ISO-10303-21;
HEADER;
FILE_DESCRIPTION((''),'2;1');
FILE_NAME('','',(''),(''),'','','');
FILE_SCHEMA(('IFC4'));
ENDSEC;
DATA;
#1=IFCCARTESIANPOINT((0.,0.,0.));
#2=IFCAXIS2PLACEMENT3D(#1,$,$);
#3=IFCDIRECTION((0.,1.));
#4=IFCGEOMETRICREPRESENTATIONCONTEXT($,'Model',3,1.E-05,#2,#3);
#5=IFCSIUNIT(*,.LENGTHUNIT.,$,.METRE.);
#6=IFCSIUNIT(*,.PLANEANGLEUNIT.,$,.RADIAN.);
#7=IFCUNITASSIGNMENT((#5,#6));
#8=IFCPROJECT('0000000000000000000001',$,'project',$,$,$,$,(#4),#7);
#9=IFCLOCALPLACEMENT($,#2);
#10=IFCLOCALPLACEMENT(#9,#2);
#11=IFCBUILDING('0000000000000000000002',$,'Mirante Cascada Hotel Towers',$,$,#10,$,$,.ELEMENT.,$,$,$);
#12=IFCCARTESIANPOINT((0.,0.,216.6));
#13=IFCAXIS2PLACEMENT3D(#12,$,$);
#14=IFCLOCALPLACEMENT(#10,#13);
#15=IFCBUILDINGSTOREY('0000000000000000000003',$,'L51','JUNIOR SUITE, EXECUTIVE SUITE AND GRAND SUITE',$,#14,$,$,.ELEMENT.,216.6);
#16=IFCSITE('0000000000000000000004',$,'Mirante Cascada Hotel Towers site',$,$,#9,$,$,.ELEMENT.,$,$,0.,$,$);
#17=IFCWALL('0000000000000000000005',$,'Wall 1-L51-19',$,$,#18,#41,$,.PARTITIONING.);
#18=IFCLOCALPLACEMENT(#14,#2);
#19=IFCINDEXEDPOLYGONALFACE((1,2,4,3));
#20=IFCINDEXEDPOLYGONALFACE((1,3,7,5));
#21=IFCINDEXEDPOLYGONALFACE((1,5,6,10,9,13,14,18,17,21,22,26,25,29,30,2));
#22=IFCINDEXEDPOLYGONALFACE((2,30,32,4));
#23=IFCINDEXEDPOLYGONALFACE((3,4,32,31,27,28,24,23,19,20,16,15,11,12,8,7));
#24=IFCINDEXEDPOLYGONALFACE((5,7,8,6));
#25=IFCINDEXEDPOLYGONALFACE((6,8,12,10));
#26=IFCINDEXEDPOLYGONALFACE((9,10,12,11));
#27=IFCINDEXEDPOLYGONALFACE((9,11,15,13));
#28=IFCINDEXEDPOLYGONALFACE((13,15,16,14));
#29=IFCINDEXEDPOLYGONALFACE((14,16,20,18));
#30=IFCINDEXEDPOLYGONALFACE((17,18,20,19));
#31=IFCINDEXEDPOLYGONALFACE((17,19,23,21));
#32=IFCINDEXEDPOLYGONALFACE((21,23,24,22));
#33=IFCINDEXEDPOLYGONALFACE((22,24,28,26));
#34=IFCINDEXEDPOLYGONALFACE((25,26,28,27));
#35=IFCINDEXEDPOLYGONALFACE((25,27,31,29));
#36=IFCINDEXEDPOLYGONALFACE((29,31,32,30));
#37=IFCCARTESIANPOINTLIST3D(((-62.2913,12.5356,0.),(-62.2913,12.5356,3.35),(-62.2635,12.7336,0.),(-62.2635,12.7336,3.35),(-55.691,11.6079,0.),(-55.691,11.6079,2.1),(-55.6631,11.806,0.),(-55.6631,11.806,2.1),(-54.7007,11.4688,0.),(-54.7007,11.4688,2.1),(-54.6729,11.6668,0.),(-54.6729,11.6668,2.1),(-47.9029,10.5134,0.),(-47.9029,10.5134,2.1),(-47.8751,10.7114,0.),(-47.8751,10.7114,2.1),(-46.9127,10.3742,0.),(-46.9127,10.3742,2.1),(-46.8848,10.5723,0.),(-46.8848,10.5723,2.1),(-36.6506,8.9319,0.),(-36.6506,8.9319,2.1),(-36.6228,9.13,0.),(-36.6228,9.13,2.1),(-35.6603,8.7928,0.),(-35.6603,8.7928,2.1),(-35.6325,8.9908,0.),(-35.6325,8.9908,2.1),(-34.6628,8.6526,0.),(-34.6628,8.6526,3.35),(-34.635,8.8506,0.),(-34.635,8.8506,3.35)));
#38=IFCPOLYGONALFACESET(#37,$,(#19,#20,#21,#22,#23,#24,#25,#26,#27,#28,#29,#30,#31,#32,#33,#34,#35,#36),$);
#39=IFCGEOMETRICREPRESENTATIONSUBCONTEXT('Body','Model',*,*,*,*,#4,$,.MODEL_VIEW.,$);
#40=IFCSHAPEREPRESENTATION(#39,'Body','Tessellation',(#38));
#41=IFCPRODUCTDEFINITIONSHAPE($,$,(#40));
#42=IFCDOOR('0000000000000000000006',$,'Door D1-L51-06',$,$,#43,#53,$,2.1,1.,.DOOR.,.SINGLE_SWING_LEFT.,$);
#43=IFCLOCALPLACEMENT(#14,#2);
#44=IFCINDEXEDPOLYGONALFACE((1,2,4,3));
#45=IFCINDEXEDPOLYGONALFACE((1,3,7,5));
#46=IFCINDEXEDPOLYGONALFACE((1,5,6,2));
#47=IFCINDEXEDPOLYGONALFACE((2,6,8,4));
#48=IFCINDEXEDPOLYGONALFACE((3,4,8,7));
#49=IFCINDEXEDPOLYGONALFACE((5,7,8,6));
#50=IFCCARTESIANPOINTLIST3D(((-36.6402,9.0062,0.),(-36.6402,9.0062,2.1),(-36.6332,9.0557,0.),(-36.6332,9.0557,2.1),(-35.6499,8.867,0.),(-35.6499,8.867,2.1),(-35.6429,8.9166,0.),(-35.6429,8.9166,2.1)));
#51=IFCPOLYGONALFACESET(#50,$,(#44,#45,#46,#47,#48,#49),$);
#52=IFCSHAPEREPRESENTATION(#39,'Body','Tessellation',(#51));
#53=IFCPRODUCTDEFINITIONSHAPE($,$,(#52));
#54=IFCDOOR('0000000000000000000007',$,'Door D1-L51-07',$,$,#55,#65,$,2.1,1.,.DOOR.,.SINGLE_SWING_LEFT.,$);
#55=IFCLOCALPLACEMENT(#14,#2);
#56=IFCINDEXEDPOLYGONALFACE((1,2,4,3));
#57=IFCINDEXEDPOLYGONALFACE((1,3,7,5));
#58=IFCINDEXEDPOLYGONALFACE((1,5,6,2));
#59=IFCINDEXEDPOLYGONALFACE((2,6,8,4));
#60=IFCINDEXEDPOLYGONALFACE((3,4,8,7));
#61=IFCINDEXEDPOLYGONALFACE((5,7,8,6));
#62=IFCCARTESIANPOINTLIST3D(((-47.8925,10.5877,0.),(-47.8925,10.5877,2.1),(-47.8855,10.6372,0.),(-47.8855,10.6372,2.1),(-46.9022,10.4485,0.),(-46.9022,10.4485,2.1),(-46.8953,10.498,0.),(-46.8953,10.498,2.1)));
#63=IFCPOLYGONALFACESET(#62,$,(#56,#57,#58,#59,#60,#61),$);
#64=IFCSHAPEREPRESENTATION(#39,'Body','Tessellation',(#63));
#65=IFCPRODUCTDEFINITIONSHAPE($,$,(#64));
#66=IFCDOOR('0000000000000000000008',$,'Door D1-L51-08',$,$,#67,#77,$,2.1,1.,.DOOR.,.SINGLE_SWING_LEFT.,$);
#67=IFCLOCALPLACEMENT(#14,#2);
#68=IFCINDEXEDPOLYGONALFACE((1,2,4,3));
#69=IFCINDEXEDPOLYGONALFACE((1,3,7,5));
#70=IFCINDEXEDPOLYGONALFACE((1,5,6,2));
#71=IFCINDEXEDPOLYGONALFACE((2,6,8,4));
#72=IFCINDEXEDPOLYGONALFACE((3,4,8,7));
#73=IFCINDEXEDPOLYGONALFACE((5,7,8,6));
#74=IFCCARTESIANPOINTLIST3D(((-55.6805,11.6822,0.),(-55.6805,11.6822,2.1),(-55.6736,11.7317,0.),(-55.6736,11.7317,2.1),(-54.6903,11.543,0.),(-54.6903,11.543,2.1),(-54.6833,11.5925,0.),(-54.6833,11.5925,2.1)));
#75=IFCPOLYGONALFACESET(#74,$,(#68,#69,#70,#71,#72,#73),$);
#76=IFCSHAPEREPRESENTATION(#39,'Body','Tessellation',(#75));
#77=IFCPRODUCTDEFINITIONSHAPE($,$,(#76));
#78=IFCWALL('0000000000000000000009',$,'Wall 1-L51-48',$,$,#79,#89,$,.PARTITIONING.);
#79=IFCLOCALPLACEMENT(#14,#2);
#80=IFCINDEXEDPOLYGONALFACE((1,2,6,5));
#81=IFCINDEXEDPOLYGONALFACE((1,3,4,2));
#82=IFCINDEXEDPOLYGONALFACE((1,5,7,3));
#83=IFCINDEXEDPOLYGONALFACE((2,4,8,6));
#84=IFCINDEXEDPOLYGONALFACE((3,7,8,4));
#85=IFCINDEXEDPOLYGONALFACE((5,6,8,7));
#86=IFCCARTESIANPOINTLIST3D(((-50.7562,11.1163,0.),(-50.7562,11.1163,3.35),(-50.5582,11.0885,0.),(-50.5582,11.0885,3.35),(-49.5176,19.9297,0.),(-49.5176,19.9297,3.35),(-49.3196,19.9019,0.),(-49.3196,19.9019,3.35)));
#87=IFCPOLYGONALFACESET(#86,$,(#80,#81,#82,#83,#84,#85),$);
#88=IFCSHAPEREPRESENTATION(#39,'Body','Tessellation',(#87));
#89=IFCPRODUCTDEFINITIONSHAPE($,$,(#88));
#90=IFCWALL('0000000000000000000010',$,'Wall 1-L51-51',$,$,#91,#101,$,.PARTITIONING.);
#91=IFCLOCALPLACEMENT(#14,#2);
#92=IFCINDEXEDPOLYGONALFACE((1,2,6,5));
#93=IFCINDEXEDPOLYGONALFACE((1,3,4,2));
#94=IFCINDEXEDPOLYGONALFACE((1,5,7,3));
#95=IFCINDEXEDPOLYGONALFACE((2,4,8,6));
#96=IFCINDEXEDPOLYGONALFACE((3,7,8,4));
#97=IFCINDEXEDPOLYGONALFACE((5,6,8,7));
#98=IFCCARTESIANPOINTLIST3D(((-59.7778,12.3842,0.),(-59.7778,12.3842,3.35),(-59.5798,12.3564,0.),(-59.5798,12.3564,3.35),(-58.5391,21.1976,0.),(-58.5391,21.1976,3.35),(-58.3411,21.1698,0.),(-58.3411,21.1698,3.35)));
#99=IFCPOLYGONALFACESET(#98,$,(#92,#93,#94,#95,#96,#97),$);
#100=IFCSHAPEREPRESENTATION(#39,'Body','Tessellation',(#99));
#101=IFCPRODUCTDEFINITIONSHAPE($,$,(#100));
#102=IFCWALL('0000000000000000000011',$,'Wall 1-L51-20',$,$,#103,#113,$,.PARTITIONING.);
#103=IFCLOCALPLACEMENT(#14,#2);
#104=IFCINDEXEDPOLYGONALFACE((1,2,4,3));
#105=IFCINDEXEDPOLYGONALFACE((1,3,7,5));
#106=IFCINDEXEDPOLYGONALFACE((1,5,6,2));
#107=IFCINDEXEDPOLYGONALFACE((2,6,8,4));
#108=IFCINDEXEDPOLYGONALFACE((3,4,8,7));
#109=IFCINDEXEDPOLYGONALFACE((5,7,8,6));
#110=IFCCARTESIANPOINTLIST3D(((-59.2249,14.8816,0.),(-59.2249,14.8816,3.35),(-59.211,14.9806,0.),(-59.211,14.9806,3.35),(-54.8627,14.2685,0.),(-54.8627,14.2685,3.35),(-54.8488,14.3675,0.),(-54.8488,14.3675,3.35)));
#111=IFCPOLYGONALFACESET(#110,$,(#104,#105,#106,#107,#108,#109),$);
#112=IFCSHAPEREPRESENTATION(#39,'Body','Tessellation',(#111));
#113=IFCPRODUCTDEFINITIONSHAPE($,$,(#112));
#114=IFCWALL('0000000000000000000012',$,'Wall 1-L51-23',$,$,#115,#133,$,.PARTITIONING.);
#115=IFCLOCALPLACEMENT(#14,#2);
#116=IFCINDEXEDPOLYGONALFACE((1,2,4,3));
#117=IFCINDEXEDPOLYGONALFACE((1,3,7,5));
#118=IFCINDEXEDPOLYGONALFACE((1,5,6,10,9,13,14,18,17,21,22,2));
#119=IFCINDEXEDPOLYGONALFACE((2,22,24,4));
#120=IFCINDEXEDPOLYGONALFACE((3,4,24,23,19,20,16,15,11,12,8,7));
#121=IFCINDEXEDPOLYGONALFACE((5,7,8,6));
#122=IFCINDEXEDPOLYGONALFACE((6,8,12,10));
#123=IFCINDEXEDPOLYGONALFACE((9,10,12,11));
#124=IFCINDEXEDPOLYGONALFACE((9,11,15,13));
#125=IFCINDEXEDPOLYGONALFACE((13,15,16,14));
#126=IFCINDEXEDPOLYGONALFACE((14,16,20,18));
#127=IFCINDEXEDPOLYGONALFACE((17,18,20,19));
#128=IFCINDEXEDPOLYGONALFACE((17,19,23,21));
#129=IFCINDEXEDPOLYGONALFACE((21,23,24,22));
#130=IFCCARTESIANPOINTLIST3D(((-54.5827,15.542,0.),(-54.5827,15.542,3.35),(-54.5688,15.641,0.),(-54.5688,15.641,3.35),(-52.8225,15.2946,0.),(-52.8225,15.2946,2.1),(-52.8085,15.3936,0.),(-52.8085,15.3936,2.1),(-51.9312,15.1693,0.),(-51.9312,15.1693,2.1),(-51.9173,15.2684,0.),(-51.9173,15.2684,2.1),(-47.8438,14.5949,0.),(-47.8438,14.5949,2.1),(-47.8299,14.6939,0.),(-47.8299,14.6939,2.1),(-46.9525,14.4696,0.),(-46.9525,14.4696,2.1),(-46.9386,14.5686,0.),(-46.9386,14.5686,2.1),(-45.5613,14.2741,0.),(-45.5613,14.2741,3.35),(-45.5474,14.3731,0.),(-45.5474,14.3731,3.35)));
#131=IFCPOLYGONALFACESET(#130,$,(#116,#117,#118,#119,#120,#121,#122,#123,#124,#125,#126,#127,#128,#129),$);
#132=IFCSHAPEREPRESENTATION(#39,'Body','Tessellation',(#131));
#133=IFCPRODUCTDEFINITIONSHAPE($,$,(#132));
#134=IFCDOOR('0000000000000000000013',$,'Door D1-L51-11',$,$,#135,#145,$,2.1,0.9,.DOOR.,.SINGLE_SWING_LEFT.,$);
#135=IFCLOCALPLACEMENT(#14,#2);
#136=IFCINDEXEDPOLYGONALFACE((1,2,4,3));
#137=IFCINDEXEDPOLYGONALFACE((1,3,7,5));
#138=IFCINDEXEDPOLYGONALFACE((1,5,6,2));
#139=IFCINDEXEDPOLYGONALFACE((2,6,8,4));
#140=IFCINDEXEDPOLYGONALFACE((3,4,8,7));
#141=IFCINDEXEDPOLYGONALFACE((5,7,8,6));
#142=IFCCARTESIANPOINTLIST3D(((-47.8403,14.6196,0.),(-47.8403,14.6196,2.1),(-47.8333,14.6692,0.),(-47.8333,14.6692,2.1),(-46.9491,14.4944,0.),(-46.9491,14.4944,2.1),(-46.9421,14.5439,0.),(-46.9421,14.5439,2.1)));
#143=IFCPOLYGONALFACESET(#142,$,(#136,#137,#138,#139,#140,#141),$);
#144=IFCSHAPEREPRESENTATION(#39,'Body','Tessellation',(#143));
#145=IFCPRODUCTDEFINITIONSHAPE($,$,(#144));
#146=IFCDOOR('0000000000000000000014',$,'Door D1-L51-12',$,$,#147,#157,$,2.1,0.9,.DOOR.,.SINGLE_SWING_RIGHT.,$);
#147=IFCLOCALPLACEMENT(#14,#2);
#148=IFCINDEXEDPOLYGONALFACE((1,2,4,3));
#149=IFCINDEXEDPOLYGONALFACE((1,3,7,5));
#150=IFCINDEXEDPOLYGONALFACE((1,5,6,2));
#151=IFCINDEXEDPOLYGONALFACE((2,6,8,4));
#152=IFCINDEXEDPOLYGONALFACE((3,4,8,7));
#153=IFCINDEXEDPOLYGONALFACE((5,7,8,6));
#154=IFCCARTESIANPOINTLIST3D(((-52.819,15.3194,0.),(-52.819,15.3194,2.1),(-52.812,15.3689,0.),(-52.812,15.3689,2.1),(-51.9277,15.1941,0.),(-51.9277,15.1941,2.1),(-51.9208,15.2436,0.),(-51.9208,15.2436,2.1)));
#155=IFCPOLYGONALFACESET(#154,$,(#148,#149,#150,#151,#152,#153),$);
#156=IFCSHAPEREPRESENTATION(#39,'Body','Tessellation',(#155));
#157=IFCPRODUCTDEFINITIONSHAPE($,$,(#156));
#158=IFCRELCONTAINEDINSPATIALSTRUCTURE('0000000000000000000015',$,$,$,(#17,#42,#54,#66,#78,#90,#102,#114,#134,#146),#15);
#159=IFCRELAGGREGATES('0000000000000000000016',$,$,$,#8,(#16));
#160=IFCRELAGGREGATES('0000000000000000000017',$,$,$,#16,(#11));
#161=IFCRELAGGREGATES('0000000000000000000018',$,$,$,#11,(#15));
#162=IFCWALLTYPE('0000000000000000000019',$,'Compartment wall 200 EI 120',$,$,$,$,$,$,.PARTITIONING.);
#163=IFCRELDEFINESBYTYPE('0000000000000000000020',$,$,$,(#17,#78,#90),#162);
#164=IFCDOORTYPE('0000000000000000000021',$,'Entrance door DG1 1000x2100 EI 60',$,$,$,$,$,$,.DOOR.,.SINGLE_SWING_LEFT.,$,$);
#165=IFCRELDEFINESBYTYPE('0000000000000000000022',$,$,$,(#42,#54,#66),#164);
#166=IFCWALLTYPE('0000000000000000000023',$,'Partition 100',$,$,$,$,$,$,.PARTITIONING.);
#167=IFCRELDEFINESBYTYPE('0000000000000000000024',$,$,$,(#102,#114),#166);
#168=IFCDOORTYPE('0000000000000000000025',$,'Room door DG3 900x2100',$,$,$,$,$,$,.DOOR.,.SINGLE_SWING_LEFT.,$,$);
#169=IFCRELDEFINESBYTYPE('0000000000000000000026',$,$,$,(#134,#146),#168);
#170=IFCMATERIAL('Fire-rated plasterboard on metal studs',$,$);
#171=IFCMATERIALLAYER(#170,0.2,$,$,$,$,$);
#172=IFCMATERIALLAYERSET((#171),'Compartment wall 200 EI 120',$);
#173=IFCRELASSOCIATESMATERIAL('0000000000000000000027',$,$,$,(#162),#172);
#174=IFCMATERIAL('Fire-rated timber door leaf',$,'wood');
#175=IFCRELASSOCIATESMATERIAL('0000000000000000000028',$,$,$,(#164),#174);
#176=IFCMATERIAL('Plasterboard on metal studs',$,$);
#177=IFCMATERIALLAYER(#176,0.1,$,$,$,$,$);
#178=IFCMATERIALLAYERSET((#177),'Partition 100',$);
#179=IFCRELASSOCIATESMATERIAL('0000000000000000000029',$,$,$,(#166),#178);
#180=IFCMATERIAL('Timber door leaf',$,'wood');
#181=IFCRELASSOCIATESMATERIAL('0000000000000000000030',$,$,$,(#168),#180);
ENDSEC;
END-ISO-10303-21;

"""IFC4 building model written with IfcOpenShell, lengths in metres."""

from ifc_helpers import new_model, si_unit, direction, frame, frame_2d, origin, place, context, subcontext, project, spatial, rectangle, extrude, material, layer, layer_set, type_object, element, fill, save


model = new_model("IFC4")

# Units and contexts
model_context = context("Model", 3, precision=1e-05, world=origin(), true_north=direction((0.0, 1.0)))
body_context = subcontext(model_context, "Body", "Model", "MODEL_VIEW")
ifc_project = project(units=[si_unit("LENGTHUNIT", "METRE"), si_unit("PLANEANGLEUNIT", "RADIAN")], contexts=[model_context])

# Site, building, storey
site_placement = place(None, origin())
site = spatial("IfcSite", under=ifc_project, at=site_placement, Name="Mirante Cascada Hotel Towers site", CompositionType="ELEMENT", RefElevation=0.0)
building_placement = place(site_placement, origin())
building = spatial("IfcBuilding", under=site, at=building_placement, Name="Mirante Cascada Hotel Towers", CompositionType="ELEMENT")
storey_placement = place(building_placement, frame((0.0, 0.0, 216.6)))
storey = spatial("IfcBuildingStorey", under=building, at=storey_placement, Name="L51", Description="JUNIOR SUITE, EXECUTIVE SUITE AND GRAND SUITE", CompositionType="ELEMENT", Elevation=216.6)

# Wall, openings, doors
ifc_material_1 = material(Name="Fire-rated plasterboard on metal studs")
ifc_layer_1 = layer(ifc_material_1, 0.2)
ifc_layer_set_1 = layer_set([ifc_layer_1], Name="Compartment wall 200 EI 120")
wall_type_1 = type_object("IfcWallType", Name="Compartment wall 200 EI 120", PredefinedType="PARTITIONING", material=ifc_layer_set_1)
wall_1_placement = place(storey_placement, frame((-62.2774, 12.6346, 0.0), z_axis=(0.0, 0.0, 1.0), x_axis=(0.990268, -0.139176, 0.0)))
wall_1 = element("IfcWall", 1, at=wall_1_placement, inside=storey, type_object=wall_type_1, Name="Wall 1-L51-19", PredefinedType="PARTITIONING", context=body_context, shape_type="SweptSolid", body=[
    extrude(rectangle(XDim=27.9, YDim=0.2, at=frame_2d((13.95, 0.0))), origin(), (0.0, 0.0, 1.0), 3.35),
])
opening_1_placement = place(wall_1_placement, frame((25.8927, 0.0, 0.0)))
opening_1 = element("IfcOpeningElement", 2, at=opening_1_placement, cuts=wall_1, PredefinedType="OPENING", context=body_context, shape_type="SweptSolid", body=[
    extrude(rectangle(XDim=1.0, YDim=2.1, at=frame_2d((0.5, 1.05))), frame((0.0, 0.1, 0.0), z_axis=(0.0, -1.0, 0.0), x_axis=(1.0, 0.0, 0.0)), (0.0, 0.0, 1.0), 0.2),
])
opening_2_placement = place(wall_1_placement, frame((14.5298, 0.0, 0.0)))
opening_2 = element("IfcOpeningElement", 3, at=opening_2_placement, cuts=wall_1, PredefinedType="OPENING", context=body_context, shape_type="SweptSolid", body=[
    extrude(rectangle(XDim=1.0, YDim=2.1, at=frame_2d((0.5, 1.05))), frame((0.0, 0.1, 0.0), z_axis=(0.0, -1.0, 0.0), x_axis=(1.0, 0.0, 0.0)), (0.0, 0.0, 1.0), 0.2),
])
opening_3_placement = place(wall_1_placement, frame((6.6652, 0.0, 0.0)))
opening_3 = element("IfcOpeningElement", 4, at=opening_3_placement, cuts=wall_1, PredefinedType="OPENING", context=body_context, shape_type="SweptSolid", body=[
    extrude(rectangle(XDim=1.0, YDim=2.1, at=frame_2d((0.5, 1.05))), frame((0.0, 0.1, 0.0), z_axis=(0.0, -1.0, 0.0), x_axis=(1.0, 0.0, 0.0)), (0.0, 0.0, 1.0), 0.2),
])
ifc_material_2 = material(Name="Fire-rated timber door leaf", Category="wood")
door_type_1 = type_object("IfcDoorType", Name="Entrance door DG1 1000x2100 EI 60", OperationType="SINGLE_SWING_LEFT", PredefinedType="DOOR", material=ifc_material_2)
door_1_placement = place(opening_1_placement, origin())
door_1 = element("IfcDoor", 5, at=door_1_placement, inside=storey, type_object=door_type_1, Name="Door D1-L51-06", OperationType="SINGLE_SWING_LEFT", OverallHeight=2.1, OverallWidth=1.0, PredefinedType="DOOR", context=body_context, shape_type="SweptSolid", body=[
    extrude(rectangle(XDim=1.0, YDim=2.1, at=frame_2d((0.5, 1.05))), frame((0.0, 0.025, 0.0), z_axis=(0.0, -1.0, 0.0), x_axis=(1.0, 0.0, 0.0)), (0.0, 0.0, 1.0), 0.05),
])
fill(opening_1, door_1)
door_2_placement = place(opening_2_placement, origin())
door_2 = element("IfcDoor", 6, at=door_2_placement, inside=storey, type_object=door_type_1, Name="Door D1-L51-07", OperationType="SINGLE_SWING_LEFT", OverallHeight=2.1, OverallWidth=1.0, PredefinedType="DOOR", context=body_context, shape_type="SweptSolid", body=[
    extrude(rectangle(XDim=1.0, YDim=2.1, at=frame_2d((0.5, 1.05))), frame((0.0, 0.025, 0.0), z_axis=(0.0, -1.0, 0.0), x_axis=(1.0, 0.0, 0.0)), (0.0, 0.0, 1.0), 0.05),
])
fill(opening_2, door_2)
door_3_placement = place(opening_3_placement, origin())
door_3 = element("IfcDoor", 7, at=door_3_placement, inside=storey, type_object=door_type_1, Name="Door D1-L51-08", OperationType="SINGLE_SWING_LEFT", OverallHeight=2.1, OverallWidth=1.0, PredefinedType="DOOR", context=body_context, shape_type="SweptSolid", body=[
    extrude(rectangle(XDim=1.0, YDim=2.1, at=frame_2d((0.5, 1.05))), frame((0.0, 0.025, 0.0), z_axis=(0.0, -1.0, 0.0), x_axis=(1.0, 0.0, 0.0)), (0.0, 0.0, 1.0), 0.05),
])
fill(opening_3, door_3)

# Walls
for number, where, z_axis, x_axis, name in (
    (8, (-50.6572, 11.1024, 0.0), (0.0, 0.0, 1.0), (0.139168, 0.990269, 0.0), "Wall 1-L51-48"),
    (9, (-58.4401, 21.1837, 0.0), (0.0, 0.0, 1.0), (-0.139179, -0.990267, 0.0), "Wall 1-L51-51"),
):
    element("IfcWall", number, at=place(storey_placement, frame(where, z_axis=z_axis, x_axis=x_axis)), inside=storey, type_object=wall_type_1, Name=name, PredefinedType="PARTITIONING", context=body_context, shape_type="SweptSolid", body=[
        extrude(rectangle(XDim=8.9, YDim=0.2, at=frame_2d((4.45, 0.0))), origin(), (0.0, 0.0, 1.0), 3.35),
    ])
ifc_material_3 = material(Name="Plasterboard on metal studs")
ifc_layer_2 = layer(ifc_material_3, 0.1)
ifc_layer_set_2 = layer_set([ifc_layer_2], Name="Partition 100")
wall_type_2 = type_object("IfcWallType", Name="Partition 100", PredefinedType="PARTITIONING", material=ifc_layer_set_2)
wall_2_placement = place(storey_placement, frame((-54.8557, 14.318, 0.0), z_axis=(0.0, 0.0, 1.0), x_axis=(-0.990267, 0.13918, 0.0)))
element("IfcWall", 10, at=wall_2_placement, inside=storey, type_object=wall_type_2, Name="Wall 1-L51-20", PredefinedType="PARTITIONING", context=body_context, shape_type="SweptSolid", body=[
    extrude(rectangle(XDim=4.4051, YDim=0.1, at=frame_2d((2.2026, 0.0))), origin(), (0.0, 0.0, 1.0), 3.35),
])

# Wall, openings, doors
wall_3_placement = place(storey_placement, frame((-54.5757, 15.5915, 0.0), z_axis=(0.0, 0.0, 1.0), x_axis=(0.990268, -0.139176, 0.0)))
wall_3 = element("IfcWall", 11, at=wall_3_placement, inside=storey, type_object=wall_type_2, Name="Wall 1-L51-23", PredefinedType="PARTITIONING", context=body_context, shape_type="SweptSolid", body=[
    extrude(rectangle(XDim=9.1101, YDim=0.1, at=frame_2d((4.555, 0.0))), origin(), (0.0, 0.0, 1.0), 3.35),
])
opening_4_placement = place(wall_3_placement, frame((6.8051, 0.0, 0.0)))
opening_4 = element("IfcOpeningElement", 12, at=opening_4_placement, cuts=wall_3, PredefinedType="OPENING", context=body_context, shape_type="SweptSolid", body=[
    extrude(rectangle(XDim=0.9, YDim=2.1, at=frame_2d((0.45, 1.05))), frame((0.0, 0.05, 0.0), z_axis=(0.0, -1.0, 0.0), x_axis=(1.0, 0.0, 0.0)), (0.0, 0.0, 1.0), 0.1),
])
opening_5_placement = place(wall_3_placement, frame((1.7775, 0.0, 0.0)))
opening_5 = element("IfcOpeningElement", 13, at=opening_5_placement, cuts=wall_3, PredefinedType="OPENING", context=body_context, shape_type="SweptSolid", body=[
    extrude(rectangle(XDim=0.9, YDim=2.1, at=frame_2d((0.45, 1.05))), frame((0.0, 0.05, 0.0), z_axis=(0.0, -1.0, 0.0), x_axis=(1.0, 0.0, 0.0)), (0.0, 0.0, 1.0), 0.1),
])
ifc_material_4 = material(Name="Timber door leaf", Category="wood")
door_type_2 = type_object("IfcDoorType", Name="Room door DG3 900x2100", OperationType="SINGLE_SWING_LEFT", PredefinedType="DOOR", material=ifc_material_4)
door_4_placement = place(opening_4_placement, origin())
door_4 = element("IfcDoor", 14, at=door_4_placement, inside=storey, type_object=door_type_2, Name="Door D1-L51-11", OperationType="SINGLE_SWING_LEFT", OverallHeight=2.1, OverallWidth=0.9, PredefinedType="DOOR", context=body_context, shape_type="SweptSolid", body=[
    extrude(rectangle(XDim=0.9, YDim=2.1, at=frame_2d((0.45, 1.05))), frame((0.0, 0.025, 0.0), z_axis=(0.0, -1.0, 0.0), x_axis=(1.0, 0.0, 0.0)), (0.0, 0.0, 1.0), 0.05),
])
fill(opening_4, door_4)
door_5_placement = place(opening_5_placement, frame((0.9, 0.0, 0.0), z_axis=(0.0, 0.0, 1.0), x_axis=(-1.0, 0.0, 0.0)))
door_5 = element("IfcDoor", 15, at=door_5_placement, inside=storey, type_object=door_type_2, Name="Door D1-L51-12", OperationType="SINGLE_SWING_RIGHT", OverallHeight=2.1, OverallWidth=0.9, PredefinedType="DOOR", context=body_context, shape_type="SweptSolid", body=[
    extrude(rectangle(XDim=0.9, YDim=2.1, at=frame_2d((0.45, 1.05))), frame((0.0, 0.025, 0.0), z_axis=(0.0, -1.0, 0.0), x_axis=(1.0, 0.0, 0.0)), (0.0, 0.0, 1.0), 0.05),
])
fill(opening_5, door_5)

save(model, "model.ifc")
